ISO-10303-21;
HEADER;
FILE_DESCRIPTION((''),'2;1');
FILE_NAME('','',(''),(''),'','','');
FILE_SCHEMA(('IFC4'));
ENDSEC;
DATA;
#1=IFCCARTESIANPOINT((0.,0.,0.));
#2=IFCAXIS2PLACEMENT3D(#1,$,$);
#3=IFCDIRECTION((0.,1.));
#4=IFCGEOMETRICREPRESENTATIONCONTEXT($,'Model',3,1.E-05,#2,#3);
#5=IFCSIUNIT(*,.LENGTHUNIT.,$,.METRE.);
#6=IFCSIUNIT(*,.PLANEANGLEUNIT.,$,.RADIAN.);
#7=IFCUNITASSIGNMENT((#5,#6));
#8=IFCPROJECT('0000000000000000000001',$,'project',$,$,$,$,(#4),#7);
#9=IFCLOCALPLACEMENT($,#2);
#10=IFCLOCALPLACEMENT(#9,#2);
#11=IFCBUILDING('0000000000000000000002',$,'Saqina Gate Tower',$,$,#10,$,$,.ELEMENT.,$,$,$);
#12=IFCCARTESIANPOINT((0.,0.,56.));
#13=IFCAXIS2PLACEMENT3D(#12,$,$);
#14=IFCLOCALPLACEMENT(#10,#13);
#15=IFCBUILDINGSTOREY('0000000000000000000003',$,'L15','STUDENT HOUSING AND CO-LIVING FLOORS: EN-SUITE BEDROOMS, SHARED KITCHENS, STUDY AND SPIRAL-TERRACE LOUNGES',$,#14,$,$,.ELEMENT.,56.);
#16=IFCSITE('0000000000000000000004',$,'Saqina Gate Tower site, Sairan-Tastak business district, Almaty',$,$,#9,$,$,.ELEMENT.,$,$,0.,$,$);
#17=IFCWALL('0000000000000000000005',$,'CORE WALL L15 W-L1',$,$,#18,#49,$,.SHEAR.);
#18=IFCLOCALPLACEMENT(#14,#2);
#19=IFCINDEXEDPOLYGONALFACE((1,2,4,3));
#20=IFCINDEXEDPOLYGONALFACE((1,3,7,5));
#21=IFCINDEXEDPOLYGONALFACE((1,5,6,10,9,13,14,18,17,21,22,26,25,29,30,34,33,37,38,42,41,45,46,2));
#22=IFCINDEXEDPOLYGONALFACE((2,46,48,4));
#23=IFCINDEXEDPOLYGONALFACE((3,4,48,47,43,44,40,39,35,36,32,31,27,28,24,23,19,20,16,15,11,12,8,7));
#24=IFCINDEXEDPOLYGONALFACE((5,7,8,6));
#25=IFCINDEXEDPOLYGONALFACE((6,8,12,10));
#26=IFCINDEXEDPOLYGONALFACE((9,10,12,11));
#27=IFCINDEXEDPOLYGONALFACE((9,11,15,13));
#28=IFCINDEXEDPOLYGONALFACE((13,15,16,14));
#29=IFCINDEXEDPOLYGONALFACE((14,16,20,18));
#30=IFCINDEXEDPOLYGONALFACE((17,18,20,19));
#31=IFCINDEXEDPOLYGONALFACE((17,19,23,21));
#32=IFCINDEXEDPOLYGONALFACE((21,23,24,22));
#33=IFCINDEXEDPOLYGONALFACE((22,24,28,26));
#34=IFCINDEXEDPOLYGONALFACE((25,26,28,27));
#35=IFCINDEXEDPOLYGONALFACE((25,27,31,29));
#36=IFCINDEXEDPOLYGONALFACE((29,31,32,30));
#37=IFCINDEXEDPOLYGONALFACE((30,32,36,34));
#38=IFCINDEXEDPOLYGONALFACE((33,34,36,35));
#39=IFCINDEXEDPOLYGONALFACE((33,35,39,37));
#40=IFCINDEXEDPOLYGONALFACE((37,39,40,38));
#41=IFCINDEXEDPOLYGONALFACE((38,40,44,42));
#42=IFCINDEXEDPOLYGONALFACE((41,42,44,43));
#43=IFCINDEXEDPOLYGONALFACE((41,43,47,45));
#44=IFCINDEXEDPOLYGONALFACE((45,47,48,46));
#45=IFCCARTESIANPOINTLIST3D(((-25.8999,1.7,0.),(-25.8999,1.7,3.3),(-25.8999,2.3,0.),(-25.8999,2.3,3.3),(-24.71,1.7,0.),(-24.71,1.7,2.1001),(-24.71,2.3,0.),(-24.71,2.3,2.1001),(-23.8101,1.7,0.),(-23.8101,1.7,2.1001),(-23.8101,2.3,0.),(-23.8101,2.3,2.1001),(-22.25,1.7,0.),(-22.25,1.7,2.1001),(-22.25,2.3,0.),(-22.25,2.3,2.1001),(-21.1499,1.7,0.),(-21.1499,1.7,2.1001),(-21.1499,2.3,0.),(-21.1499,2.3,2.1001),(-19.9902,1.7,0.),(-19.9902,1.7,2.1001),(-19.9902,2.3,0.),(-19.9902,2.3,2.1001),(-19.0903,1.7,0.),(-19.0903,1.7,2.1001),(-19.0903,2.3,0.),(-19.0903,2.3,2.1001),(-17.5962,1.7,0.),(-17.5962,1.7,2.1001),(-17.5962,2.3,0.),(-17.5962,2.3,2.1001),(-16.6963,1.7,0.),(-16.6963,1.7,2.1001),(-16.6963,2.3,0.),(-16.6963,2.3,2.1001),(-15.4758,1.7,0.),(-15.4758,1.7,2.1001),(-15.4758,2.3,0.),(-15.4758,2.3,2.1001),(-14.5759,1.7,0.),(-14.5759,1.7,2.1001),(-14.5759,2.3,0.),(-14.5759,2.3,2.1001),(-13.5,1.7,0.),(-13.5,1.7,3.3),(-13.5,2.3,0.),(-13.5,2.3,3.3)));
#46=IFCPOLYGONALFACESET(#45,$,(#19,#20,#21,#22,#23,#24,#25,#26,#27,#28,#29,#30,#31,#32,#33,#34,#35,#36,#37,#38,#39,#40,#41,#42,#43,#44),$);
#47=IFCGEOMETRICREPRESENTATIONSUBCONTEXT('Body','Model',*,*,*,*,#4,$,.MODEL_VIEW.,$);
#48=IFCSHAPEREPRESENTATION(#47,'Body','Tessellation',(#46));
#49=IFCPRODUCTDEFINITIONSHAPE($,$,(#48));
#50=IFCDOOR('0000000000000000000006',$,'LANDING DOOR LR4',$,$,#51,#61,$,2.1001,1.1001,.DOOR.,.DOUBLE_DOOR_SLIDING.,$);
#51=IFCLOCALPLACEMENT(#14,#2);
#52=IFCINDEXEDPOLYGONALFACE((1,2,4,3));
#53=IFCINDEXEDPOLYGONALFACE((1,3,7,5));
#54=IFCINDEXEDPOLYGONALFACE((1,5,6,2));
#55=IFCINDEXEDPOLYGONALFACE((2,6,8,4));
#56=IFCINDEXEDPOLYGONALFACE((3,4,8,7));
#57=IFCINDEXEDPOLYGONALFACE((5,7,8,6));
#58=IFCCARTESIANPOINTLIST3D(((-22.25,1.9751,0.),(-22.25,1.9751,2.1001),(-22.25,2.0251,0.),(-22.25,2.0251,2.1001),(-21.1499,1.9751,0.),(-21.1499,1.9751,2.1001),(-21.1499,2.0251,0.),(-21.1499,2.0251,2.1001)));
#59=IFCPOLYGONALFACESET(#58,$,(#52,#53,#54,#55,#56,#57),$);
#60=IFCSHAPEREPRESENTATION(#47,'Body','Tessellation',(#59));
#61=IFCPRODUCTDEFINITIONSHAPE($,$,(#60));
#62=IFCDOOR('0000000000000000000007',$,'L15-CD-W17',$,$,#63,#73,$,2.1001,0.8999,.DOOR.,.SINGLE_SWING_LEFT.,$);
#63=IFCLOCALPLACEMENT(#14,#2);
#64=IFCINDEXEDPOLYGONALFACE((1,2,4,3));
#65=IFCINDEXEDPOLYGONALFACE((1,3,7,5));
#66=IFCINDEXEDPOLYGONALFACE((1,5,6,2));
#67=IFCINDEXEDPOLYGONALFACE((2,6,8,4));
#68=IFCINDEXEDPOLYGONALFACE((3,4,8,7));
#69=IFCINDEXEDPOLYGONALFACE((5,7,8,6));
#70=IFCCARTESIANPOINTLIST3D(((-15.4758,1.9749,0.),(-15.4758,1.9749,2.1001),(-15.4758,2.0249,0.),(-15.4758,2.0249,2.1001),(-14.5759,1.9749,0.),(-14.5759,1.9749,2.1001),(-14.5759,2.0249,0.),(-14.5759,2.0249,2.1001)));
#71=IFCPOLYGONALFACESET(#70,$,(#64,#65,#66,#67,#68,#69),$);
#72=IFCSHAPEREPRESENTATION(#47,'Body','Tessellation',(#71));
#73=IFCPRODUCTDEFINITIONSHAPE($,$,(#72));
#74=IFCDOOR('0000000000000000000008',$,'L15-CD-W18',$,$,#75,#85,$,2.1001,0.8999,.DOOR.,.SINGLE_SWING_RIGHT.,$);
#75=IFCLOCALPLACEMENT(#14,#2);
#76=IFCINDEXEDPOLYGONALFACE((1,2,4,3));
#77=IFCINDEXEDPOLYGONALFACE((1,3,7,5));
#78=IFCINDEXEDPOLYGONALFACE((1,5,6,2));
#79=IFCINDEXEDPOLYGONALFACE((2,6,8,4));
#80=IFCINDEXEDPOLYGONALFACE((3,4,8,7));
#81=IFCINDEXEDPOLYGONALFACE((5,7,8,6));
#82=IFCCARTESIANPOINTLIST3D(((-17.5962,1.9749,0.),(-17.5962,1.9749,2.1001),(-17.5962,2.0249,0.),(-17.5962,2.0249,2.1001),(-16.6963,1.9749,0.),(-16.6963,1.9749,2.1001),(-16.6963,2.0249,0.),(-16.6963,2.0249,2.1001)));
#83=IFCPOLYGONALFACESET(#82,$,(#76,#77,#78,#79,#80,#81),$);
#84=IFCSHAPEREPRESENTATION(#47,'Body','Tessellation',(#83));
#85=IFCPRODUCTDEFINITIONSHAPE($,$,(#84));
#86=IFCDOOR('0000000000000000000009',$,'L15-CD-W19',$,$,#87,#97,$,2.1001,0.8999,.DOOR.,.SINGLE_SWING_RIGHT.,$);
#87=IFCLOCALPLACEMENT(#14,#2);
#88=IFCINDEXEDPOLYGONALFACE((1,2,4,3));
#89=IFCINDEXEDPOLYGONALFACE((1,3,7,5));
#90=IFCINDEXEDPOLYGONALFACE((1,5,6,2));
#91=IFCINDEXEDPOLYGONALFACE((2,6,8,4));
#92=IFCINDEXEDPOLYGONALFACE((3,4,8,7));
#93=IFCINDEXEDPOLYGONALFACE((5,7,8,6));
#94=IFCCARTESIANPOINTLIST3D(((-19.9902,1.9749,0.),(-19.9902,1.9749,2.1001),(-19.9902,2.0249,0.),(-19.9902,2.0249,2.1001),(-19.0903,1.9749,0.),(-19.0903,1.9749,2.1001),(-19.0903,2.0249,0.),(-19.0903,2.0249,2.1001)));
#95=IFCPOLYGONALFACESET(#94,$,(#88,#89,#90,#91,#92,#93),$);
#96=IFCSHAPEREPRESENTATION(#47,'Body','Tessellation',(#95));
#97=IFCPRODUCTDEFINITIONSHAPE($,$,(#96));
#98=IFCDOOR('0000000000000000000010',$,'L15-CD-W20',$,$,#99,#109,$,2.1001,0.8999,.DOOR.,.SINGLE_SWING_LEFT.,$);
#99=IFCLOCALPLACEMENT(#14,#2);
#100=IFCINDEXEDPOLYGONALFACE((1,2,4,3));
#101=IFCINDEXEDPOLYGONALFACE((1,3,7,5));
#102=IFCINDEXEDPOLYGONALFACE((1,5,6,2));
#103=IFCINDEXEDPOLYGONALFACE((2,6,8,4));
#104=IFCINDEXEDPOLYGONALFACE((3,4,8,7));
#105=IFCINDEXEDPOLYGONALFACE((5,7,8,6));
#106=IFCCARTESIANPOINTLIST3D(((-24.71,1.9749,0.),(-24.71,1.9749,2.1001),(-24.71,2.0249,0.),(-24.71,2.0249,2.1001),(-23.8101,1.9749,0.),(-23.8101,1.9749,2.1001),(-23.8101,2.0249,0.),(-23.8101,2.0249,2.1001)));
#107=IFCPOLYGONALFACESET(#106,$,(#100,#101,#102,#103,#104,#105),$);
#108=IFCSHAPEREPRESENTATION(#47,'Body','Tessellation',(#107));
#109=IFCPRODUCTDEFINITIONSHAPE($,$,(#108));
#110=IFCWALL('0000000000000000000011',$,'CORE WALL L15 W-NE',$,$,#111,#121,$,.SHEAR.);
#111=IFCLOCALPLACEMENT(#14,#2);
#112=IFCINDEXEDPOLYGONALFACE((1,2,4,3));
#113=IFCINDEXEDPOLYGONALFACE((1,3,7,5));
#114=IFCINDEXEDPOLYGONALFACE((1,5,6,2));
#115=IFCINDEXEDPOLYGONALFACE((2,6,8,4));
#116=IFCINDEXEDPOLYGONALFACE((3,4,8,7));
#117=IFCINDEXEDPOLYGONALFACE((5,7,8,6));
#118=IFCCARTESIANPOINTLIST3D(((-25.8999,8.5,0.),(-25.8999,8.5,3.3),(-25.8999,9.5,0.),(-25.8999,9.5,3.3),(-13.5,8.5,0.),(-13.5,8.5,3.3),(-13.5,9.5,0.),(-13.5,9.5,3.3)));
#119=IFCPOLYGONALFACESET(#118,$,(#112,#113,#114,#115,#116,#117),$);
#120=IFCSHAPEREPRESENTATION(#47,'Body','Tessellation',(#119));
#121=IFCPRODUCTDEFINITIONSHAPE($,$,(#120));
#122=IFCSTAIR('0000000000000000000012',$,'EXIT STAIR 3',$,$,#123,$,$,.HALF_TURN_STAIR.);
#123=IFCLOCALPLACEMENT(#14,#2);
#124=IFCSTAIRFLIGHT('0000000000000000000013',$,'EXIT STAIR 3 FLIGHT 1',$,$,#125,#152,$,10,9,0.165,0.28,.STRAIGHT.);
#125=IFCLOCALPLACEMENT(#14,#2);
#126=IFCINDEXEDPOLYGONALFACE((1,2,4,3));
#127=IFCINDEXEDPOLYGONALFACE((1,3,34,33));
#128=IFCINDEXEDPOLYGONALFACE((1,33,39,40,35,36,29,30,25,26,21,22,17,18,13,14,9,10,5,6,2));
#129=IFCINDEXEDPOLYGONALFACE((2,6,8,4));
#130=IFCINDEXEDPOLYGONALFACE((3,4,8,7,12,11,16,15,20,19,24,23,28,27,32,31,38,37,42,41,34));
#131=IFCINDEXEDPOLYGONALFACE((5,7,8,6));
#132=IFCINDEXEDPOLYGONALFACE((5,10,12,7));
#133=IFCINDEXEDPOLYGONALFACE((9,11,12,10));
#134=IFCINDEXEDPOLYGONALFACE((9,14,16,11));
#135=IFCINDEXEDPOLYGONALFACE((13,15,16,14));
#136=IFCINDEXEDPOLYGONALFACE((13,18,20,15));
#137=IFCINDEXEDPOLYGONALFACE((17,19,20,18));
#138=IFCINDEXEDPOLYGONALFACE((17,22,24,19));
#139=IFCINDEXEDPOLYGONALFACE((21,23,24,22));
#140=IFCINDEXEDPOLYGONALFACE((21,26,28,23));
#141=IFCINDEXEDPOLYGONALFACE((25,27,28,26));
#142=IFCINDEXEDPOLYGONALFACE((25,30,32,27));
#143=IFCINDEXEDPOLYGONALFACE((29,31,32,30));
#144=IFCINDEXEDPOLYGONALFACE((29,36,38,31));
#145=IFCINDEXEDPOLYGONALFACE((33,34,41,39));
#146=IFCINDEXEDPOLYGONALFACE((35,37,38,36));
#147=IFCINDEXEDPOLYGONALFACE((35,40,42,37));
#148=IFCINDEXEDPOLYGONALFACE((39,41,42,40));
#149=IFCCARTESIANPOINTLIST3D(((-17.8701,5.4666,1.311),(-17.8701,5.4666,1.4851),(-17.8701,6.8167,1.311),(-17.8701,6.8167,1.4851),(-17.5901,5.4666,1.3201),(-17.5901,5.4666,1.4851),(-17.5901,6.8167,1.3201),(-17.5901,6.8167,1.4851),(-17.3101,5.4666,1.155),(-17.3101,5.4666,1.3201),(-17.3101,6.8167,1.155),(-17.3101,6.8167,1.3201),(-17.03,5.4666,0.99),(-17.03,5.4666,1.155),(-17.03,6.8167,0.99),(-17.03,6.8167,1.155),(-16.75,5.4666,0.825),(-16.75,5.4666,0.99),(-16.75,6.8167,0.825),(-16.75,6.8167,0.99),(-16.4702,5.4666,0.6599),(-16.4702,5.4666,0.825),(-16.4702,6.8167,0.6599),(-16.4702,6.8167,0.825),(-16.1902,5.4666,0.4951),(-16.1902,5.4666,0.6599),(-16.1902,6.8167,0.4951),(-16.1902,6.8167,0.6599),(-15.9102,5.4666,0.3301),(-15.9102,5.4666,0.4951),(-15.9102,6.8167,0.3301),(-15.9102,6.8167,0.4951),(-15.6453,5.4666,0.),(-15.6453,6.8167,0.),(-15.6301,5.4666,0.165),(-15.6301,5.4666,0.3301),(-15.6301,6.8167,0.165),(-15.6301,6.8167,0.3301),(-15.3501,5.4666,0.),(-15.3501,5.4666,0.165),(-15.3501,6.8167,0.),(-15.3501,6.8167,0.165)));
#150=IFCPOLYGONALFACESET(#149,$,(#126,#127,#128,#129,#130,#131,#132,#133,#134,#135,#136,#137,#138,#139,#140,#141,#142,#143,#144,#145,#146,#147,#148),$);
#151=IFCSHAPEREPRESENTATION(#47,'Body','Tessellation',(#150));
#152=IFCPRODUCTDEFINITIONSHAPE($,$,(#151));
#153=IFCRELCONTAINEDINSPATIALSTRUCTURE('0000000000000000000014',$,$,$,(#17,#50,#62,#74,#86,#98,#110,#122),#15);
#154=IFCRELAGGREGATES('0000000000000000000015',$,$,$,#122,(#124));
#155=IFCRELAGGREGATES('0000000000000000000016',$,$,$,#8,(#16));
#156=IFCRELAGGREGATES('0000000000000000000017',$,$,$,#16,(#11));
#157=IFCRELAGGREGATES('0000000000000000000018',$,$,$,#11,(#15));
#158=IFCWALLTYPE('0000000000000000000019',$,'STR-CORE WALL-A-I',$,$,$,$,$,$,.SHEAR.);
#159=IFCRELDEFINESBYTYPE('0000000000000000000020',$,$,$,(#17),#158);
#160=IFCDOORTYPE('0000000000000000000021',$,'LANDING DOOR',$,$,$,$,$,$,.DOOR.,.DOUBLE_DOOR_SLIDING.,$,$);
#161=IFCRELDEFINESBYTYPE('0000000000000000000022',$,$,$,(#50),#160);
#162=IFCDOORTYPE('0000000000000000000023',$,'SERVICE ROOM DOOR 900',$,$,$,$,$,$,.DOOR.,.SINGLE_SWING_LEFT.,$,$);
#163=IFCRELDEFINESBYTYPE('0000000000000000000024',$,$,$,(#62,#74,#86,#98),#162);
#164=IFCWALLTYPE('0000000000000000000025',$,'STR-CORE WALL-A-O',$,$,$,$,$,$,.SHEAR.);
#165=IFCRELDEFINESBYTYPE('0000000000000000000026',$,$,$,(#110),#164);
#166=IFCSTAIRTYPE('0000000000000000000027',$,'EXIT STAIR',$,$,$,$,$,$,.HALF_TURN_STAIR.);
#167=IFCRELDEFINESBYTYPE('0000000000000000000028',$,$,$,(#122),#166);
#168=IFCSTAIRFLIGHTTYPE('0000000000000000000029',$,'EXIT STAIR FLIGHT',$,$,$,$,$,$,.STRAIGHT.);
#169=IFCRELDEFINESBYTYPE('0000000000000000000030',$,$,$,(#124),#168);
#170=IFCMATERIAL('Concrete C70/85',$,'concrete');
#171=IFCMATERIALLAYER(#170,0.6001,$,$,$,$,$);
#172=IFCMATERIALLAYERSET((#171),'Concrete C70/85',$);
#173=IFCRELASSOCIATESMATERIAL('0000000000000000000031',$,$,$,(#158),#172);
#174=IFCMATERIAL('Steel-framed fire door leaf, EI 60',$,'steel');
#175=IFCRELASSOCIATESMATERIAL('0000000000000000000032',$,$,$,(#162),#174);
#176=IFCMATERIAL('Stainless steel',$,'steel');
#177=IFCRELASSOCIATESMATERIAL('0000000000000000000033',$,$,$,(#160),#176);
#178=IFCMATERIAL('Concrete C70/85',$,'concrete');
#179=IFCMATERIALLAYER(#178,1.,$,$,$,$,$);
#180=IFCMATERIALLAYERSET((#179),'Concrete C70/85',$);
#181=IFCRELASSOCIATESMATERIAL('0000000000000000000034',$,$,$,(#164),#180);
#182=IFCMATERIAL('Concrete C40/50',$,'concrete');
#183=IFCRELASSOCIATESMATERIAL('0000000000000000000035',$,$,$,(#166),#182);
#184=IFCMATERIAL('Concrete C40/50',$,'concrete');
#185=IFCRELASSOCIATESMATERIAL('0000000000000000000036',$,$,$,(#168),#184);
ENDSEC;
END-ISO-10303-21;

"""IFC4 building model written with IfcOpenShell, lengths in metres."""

from ifc_helpers import new_model, si_unit, direction, frame, frame_2d, origin, place, context, subcontext, project, spatial, polyline, rectangle, outline, extrude, material, layer, layer_set, type_object, element, fill, aggregate, save


model = new_model("IFC4")

# Units and contexts
model_context = context("Model", 3, precision=1e-05, world=origin(), true_north=direction((0.0, 1.0)))
body_context = subcontext(model_context, "Body", "Model", "MODEL_VIEW")
ifc_project = project(units=[si_unit("LENGTHUNIT", "METRE"), si_unit("PLANEANGLEUNIT", "RADIAN")], contexts=[model_context])

# Site, building, storey
site_placement = place(None, origin())
site = spatial("IfcSite", under=ifc_project, at=site_placement, Name="Saqina Gate Tower site, Sairan-Tastak business district, Almaty", CompositionType="ELEMENT", RefElevation=0.0)
building_placement = place(site_placement, origin())
building = spatial("IfcBuilding", under=site, at=building_placement, Name="Saqina Gate Tower", CompositionType="ELEMENT")
storey_placement = place(building_placement, frame((0.0, 0.0, 56.0)))
storey = spatial("IfcBuildingStorey", under=building, at=storey_placement, Name="L15", Description="STUDENT HOUSING AND CO-LIVING FLOORS: EN-SUITE BEDROOMS, SHARED KITCHENS, STUDY AND SPIRAL-TERRACE LOUNGES", CompositionType="ELEMENT", Elevation=56.0)

# Wall, openings, doors
ifc_material_1 = material(Name="Concrete C70/85", Category="concrete")
ifc_layer_1 = layer(ifc_material_1, 0.6001)
ifc_layer_set_1 = layer_set([ifc_layer_1], Name="Concrete C70/85")
wall_type_1 = type_object("IfcWallType", Name="STR-CORE WALL-A-I", PredefinedType="SHEAR", material=ifc_layer_set_1)
ifc_material_2 = material(Name="Steel-framed fire door leaf, EI 60", Category="steel")
door_type_1 = type_object("IfcDoorType", Name="SERVICE ROOM DOOR 900", OperationType="SINGLE_SWING_LEFT", PredefinedType="DOOR", material=ifc_material_2)
wall_1_placement = place(storey_placement, frame((-13.5, 2.0, 0.0), z_axis=(0.0, 0.0, 1.0), x_axis=(-1.0, 0.0, 0.0)))
wall_1 = element("IfcWall", 1, at=wall_1_placement, inside=storey, type_object=wall_type_1, Name="CORE WALL L15 W-L1", PredefinedType="SHEAR", context=body_context, shape_type="SweptSolid", body=[
    extrude(rectangle(XDim=12.3999, YDim=0.6001, at=frame_2d((6.2, 0.0))), origin(), (0.0, 0.0, 1.0), 3.3),
])
opening_1_placement = place(wall_1_placement, frame((7.6499, 0.0, 0.0)))
opening_1 = element("IfcOpeningElement", 2, at=opening_1_placement, cuts=wall_1, PredefinedType="OPENING", context=body_context, shape_type="SweptSolid", body=[
    extrude(rectangle(XDim=1.1001, YDim=2.1001, at=frame_2d((0.55, 1.05))), frame((0.0, 0.312, 0.0), z_axis=(0.0, -1.0, 0.0), x_axis=(1.0, 0.0, 0.0)), (0.0, 0.0, 1.0), 0.624),
])
opening_2_placement = place(wall_1_placement, frame((1.0759, 0.0, 0.0)))
opening_2 = element("IfcOpeningElement", 3, at=opening_2_placement, cuts=wall_1, PredefinedType="OPENING", context=body_context, shape_type="SweptSolid", body=[
    extrude(rectangle(XDim=0.8999, YDim=2.1001, at=frame_2d((0.45, 1.05))), frame((0.0, 0.312, 0.0), z_axis=(0.0, -1.0, 0.0), x_axis=(1.0, 0.0, 0.0)), (0.0, 0.0, 1.0), 0.624),
])
opening_3_placement = place(wall_1_placement, frame((3.1963, 0.0, 0.0)))
opening_3 = element("IfcOpeningElement", 4, at=opening_3_placement, cuts=wall_1, PredefinedType="OPENING", context=body_context, shape_type="SweptSolid", body=[
    extrude(rectangle(XDim=0.8999, YDim=2.1001, at=frame_2d((0.45, 1.05))), frame((0.0, 0.312, 0.0), z_axis=(0.0, -1.0, 0.0), x_axis=(1.0, 0.0, 0.0)), (0.0, 0.0, 1.0), 0.624),
])
opening_4_placement = place(wall_1_placement, frame((5.5903, 0.0, 0.0)))
opening_4 = element("IfcOpeningElement", 5, at=opening_4_placement, cuts=wall_1, PredefinedType="OPENING", context=body_context, shape_type="SweptSolid", body=[
    extrude(rectangle(XDim=0.8999, YDim=2.1001, at=frame_2d((0.45, 1.05))), frame((0.0, 0.312, 0.0), z_axis=(0.0, -1.0, 0.0), x_axis=(1.0, 0.0, 0.0)), (0.0, 0.0, 1.0), 0.624),
])
opening_5_placement = place(wall_1_placement, frame((10.3101, 0.0, 0.0)))
opening_5 = element("IfcOpeningElement", 6, at=opening_5_placement, cuts=wall_1, PredefinedType="OPENING", context=body_context, shape_type="SweptSolid", body=[
    extrude(rectangle(XDim=0.8999, YDim=2.1001, at=frame_2d((0.45, 1.05))), frame((0.0, 0.312, 0.0), z_axis=(0.0, -1.0, 0.0), x_axis=(1.0, 0.0, 0.0)), (0.0, 0.0, 1.0), 0.624),
])
ifc_material_3 = material(Name="Stainless steel", Category="steel")
door_type_2 = type_object("IfcDoorType", Name="LANDING DOOR", OperationType="DOUBLE_DOOR_SLIDING", PredefinedType="DOOR", material=ifc_material_3)
door_1_placement = place(opening_1_placement, origin())
door_1 = element("IfcDoor", 7, at=door_1_placement, inside=storey, type_object=door_type_2, Name="LANDING DOOR LR4", OperationType="DOUBLE_DOOR_SLIDING", OverallHeight=2.1001, OverallWidth=1.1001, PredefinedType="DOOR", context=body_context, shape_type="SweptSolid", body=[
    extrude(rectangle(XDim=1.1001, YDim=2.1001, at=frame_2d((0.55, 1.05))), frame((0.0, 0.0249, 0.0), z_axis=(0.0, -1.0, 0.0), x_axis=(1.0, 0.0, 0.0)), (0.0, 0.0, 1.0), 0.05),
])
fill(opening_1, door_1)
door_2_placement = place(opening_2_placement, frame((0.8999, 0.0, 0.0), z_axis=(0.0, 0.0, 1.0), x_axis=(-1.0, 0.0, 0.0)))
door_2 = element("IfcDoor", 8, at=door_2_placement, inside=storey, type_object=door_type_1, Name="L15-CD-W17", OperationType="SINGLE_SWING_LEFT", OverallHeight=2.1001, OverallWidth=0.8999, PredefinedType="DOOR", context=body_context, shape_type="SweptSolid", body=[
    extrude(rectangle(XDim=0.8999, YDim=2.1001, at=frame_2d((0.45, 1.05))), frame((0.0, 0.0249, 0.0), z_axis=(0.0, -1.0, 0.0), x_axis=(1.0, 0.0, 0.0)), (0.0, 0.0, 1.0), 0.05),
])
fill(opening_2, door_2)
door_3_placement = place(opening_3_placement, frame((0.8999, 0.0, 0.0), z_axis=(0.0, 0.0, 1.0), x_axis=(-1.0, 0.0, 0.0)))
door_3 = element("IfcDoor", 9, at=door_3_placement, inside=storey, type_object=door_type_1, Name="L15-CD-W18", OperationType="SINGLE_SWING_RIGHT", OverallHeight=2.1001, OverallWidth=0.8999, PredefinedType="DOOR", context=body_context, shape_type="SweptSolid", body=[
    extrude(rectangle(XDim=0.8999, YDim=2.1001, at=frame_2d((0.45, 1.05))), frame((0.0, 0.0249, 0.0), z_axis=(0.0, -1.0, 0.0), x_axis=(1.0, 0.0, 0.0)), (0.0, 0.0, 1.0), 0.05),
])
fill(opening_3, door_3)
door_4_placement = place(opening_4_placement, frame((0.8999, 0.0, 0.0), z_axis=(0.0, 0.0, 1.0), x_axis=(-1.0, 0.0, 0.0)))
door_4 = element("IfcDoor", 10, at=door_4_placement, inside=storey, type_object=door_type_1, Name="L15-CD-W19", OperationType="SINGLE_SWING_RIGHT", OverallHeight=2.1001, OverallWidth=0.8999, PredefinedType="DOOR", context=body_context, shape_type="SweptSolid", body=[
    extrude(rectangle(XDim=0.8999, YDim=2.1001, at=frame_2d((0.45, 1.05))), frame((0.0, 0.0249, 0.0), z_axis=(0.0, -1.0, 0.0), x_axis=(1.0, 0.0, 0.0)), (0.0, 0.0, 1.0), 0.05),
])
fill(opening_4, door_4)
door_5_placement = place(opening_5_placement, frame((0.8999, 0.0, 0.0), z_axis=(0.0, 0.0, 1.0), x_axis=(-1.0, 0.0, 0.0)))
door_5 = element("IfcDoor", 11, at=door_5_placement, inside=storey, type_object=door_type_1, Name="L15-CD-W20", OperationType="SINGLE_SWING_LEFT", OverallHeight=2.1001, OverallWidth=0.8999, PredefinedType="DOOR", context=body_context, shape_type="SweptSolid", body=[
    extrude(rectangle(XDim=0.8999, YDim=2.1001, at=frame_2d((0.45, 1.05))), frame((0.0, 0.0249, 0.0), z_axis=(0.0, -1.0, 0.0), x_axis=(1.0, 0.0, 0.0)), (0.0, 0.0, 1.0), 0.05),
])
fill(opening_5, door_5)

# Wall
ifc_material_4 = material(Name="Concrete C70/85", Category="concrete")
ifc_layer_2 = layer(ifc_material_4, 1.0)
ifc_layer_set_2 = layer_set([ifc_layer_2], Name="Concrete C70/85")
wall_type_2 = type_object("IfcWallType", Name="STR-CORE WALL-A-O", PredefinedType="SHEAR", material=ifc_layer_set_2)
wall_2_placement = place(storey_placement, frame((-13.5, 9.0, 0.0), z_axis=(0.0, 0.0, 1.0), x_axis=(-1.0, 0.0, 0.0)))
element("IfcWall", 12, at=wall_2_placement, inside=storey, type_object=wall_type_2, Name="CORE WALL L15 W-NE", PredefinedType="SHEAR", context=body_context, shape_type="SweptSolid", body=[
    extrude(rectangle(XDim=12.3999, YDim=1.0, at=frame_2d((6.2, 0.0))), origin(), (0.0, 0.0, 1.0), 3.3),
])

# Stair, stair flight
ifc_material_5 = material(Name="Concrete C40/50", Category="concrete")
stair_type = type_object("IfcStairType", Name="EXIT STAIR", PredefinedType="HALF_TURN_STAIR", material=ifc_material_5)
stair_placement = place(storey_placement, origin())
stair = element("IfcStair", 13, at=stair_placement, inside=storey, type_object=stair_type, Name="EXIT STAIR 3", PredefinedType="HALF_TURN_STAIR")
ifc_material_6 = material(Name="Concrete C40/50", Category="concrete")
stair_flight_type = type_object("IfcStairFlightType", Name="EXIT STAIR FLIGHT", PredefinedType="STRAIGHT", material=ifc_material_6)
stair_flight_1_placement = place(storey_placement, frame((-15.3501, 6.1416, 0.0), z_axis=(0.0, 0.0, 1.0), x_axis=(-1.0, 0.0, 0.0)))
stair_flight_1 = element("IfcStairFlight", 14, at=stair_flight_1_placement, type_object=stair_flight_type, Name="EXIT STAIR 3 FLIGHT 1", NumberOfRisers=10, NumberOfTreads=9, PredefinedType="STRAIGHT", RiserHeight=0.165, TreadLength=0.28, context=body_context, shape_type="SweptSolid", body=[
    extrude(outline(polyline([(0.0, 0.0), (0.0, 0.165), (0.28, 0.165), (0.28, 0.3301), (0.5601, 0.3301), (0.5601, 0.4951), (0.8401, 0.4951), (0.8401, 0.6599), (1.1201, 0.6599), (1.1201, 0.825), (1.3999, 0.825), (1.3999, 0.99), (1.6799, 0.99), (1.6799, 1.155), (1.96, 1.155), (1.96, 1.3201), (2.24, 1.3201), (2.24, 1.4851), (2.52, 1.4851), (2.52, 1.6499), (2.52, 1.311), (0.2952, 0.0), (0.0, 0.0)])), frame((0.0, 0.675, 0.0), z_axis=(0.0, -1.0, 0.0), x_axis=(1.0, 0.0, 0.0)), (0.0, 0.0, 1.0), 1.3501),
])
aggregate(stair, [stair_flight_1])

save(model, "model.ifc")
